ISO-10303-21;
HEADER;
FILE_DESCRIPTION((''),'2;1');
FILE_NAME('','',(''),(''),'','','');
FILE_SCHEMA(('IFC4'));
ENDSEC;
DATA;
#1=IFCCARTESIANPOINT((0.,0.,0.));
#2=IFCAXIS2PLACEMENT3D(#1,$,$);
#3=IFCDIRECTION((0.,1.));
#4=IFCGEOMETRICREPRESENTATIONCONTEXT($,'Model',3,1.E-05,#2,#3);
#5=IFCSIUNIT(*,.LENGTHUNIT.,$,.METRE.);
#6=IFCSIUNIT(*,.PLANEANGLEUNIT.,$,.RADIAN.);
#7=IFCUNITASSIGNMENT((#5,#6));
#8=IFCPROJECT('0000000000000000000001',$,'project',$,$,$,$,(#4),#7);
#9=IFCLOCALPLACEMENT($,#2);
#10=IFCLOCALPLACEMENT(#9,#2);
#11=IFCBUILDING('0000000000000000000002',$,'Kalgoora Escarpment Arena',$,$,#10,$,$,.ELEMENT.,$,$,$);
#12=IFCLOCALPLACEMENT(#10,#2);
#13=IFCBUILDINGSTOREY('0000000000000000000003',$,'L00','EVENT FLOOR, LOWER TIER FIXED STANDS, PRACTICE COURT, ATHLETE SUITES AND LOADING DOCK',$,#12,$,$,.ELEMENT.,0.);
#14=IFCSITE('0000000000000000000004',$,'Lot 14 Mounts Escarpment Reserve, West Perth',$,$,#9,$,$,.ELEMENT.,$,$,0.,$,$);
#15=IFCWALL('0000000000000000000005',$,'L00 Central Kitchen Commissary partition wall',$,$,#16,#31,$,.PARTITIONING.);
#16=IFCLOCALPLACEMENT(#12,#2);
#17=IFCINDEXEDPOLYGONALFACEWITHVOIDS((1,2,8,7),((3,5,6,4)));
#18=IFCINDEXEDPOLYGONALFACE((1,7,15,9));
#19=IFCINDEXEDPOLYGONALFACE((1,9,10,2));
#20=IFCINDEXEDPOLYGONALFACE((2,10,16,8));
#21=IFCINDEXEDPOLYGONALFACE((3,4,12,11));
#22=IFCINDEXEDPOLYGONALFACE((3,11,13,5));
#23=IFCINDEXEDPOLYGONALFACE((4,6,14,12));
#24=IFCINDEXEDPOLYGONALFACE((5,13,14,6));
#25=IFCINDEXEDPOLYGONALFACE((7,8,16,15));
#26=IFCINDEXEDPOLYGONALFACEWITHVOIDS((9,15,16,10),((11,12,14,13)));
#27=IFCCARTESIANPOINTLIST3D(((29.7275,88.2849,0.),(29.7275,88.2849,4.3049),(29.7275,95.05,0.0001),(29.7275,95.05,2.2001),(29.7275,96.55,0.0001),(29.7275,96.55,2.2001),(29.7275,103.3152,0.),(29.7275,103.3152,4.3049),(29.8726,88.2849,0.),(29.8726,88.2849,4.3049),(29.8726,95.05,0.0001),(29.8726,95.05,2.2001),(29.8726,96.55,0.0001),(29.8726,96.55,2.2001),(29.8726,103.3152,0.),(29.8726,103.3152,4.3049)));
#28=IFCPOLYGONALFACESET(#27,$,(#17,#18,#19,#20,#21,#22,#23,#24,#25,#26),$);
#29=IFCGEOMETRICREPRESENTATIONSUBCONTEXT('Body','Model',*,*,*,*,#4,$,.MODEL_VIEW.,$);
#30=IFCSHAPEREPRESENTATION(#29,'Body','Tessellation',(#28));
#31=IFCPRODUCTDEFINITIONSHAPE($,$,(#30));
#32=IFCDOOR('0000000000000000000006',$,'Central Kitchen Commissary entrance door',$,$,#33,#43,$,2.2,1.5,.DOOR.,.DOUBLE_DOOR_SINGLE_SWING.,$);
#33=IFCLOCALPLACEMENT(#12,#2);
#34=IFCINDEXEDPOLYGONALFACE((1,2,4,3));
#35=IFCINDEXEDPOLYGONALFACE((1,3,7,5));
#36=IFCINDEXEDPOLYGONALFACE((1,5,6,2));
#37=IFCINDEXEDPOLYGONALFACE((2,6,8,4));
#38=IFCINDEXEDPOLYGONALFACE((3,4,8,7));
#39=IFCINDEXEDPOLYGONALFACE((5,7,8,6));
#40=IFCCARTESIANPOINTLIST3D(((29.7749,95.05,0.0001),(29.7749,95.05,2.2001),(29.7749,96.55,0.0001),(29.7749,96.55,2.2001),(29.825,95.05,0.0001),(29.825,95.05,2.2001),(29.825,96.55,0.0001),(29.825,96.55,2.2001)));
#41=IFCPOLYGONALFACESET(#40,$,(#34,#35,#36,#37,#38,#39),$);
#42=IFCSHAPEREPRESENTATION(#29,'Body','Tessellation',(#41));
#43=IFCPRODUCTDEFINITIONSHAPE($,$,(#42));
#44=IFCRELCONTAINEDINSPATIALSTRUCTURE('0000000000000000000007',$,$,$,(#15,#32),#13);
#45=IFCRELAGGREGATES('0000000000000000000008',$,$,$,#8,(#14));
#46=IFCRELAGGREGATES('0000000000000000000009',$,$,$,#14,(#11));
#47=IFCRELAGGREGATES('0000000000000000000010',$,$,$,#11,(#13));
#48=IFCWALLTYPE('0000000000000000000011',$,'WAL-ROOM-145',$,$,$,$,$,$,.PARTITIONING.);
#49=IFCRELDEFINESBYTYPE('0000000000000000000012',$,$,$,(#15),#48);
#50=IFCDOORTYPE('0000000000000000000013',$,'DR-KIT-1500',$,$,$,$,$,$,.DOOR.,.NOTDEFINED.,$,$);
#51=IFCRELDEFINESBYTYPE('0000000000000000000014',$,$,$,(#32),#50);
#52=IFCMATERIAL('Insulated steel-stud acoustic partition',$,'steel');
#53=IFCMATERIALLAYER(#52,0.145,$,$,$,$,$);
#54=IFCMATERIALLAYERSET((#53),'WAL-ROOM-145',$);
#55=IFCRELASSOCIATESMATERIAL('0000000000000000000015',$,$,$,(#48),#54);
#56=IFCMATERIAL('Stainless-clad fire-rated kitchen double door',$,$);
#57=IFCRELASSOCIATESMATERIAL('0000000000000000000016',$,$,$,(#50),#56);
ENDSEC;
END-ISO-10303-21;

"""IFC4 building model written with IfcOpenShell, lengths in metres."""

from ifc_helpers import new_model, si_unit, direction, frame, frame_2d, origin, place, context, subcontext, project, spatial, rectangle, extrude, material, layer, layer_set, type_object, element, fill, save


model = new_model("IFC4")

# Units and contexts
model_context = context("Model", 3, precision=1e-05, world=origin(), true_north=direction((0.0, 1.0)))
body_context = subcontext(model_context, "Body", "Model", "MODEL_VIEW")
ifc_project = project(units=[si_unit("LENGTHUNIT", "METRE"), si_unit("PLANEANGLEUNIT", "RADIAN")], contexts=[model_context])

# Site, building, storey
site_placement = place(None, origin())
site = spatial("IfcSite", under=ifc_project, at=site_placement, Name="Lot 14 Mounts Escarpment Reserve, West Perth", CompositionType="ELEMENT", RefElevation=0.0)
building_placement = place(site_placement, origin())
building = spatial("IfcBuilding", under=site, at=building_placement, Name="Kalgoora Escarpment Arena", CompositionType="ELEMENT")
storey_placement = place(building_placement, origin())
storey = spatial("IfcBuildingStorey", under=building, at=storey_placement, Name="L00", Description="EVENT FLOOR, LOWER TIER FIXED STANDS, PRACTICE COURT, ATHLETE SUITES AND LOADING DOCK", CompositionType="ELEMENT", Elevation=0.0)

# Shared definitions
ifc_material_1 = material(Name="Insulated steel-stud acoustic partition", Category="steel")
ifc_layer_1 = layer(ifc_material_1, 0.145)
ifc_layer_set_1 = layer_set([ifc_layer_1], Name="WAL-ROOM-145")
wall_type_1 = type_object("IfcWallType", Name="WAL-ROOM-145", PredefinedType="PARTITIONING", material=ifc_layer_set_1)

# Wall, opening, door
wall_1_placement = place(storey_placement, frame((29.8, 103.3152, 0.0), z_axis=(0.0, 0.0, 1.0), x_axis=(0.0, -1.0, 0.0)))
wall_1 = element("IfcWall", 1, at=wall_1_placement, inside=storey, type_object=wall_type_1, Name="L00 Central Kitchen Commissary partition wall", PredefinedType="PARTITIONING", context=body_context, shape_type="SweptSolid", body=[
    extrude(rectangle(XDim=15.0303, YDim=0.145, at=frame_2d((7.5151, 0.0))), origin(), (0.0, 0.0, 1.0), 4.3049),
])
opening_1_placement = place(wall_1_placement, frame((6.7651, 0.0, 0.0)))
opening_1 = element("IfcOpeningElement", 2, at=opening_1_placement, cuts=wall_1, PredefinedType="OPENING", context=body_context, shape_type="SweptSolid", body=[
    extrude(rectangle(XDim=1.5, YDim=2.2, at=frame_2d((0.75, 1.1001))), frame((0.0, 0.0825, 0.0), z_axis=(0.0, -1.0, 0.0), x_axis=(1.0, 0.0, 0.0)), (0.0, 0.0, 1.0), 0.165),
])
ifc_material_2 = material(Name="Stainless-clad fire-rated kitchen double door")
door_type_1 = type_object("IfcDoorType", Name="DR-KIT-1500", OperationType="NOTDEFINED", PredefinedType="DOOR", material=ifc_material_2)
door_1_placement = place(opening_1_placement, origin())
door_1 = element("IfcDoor", 3, at=door_1_placement, inside=storey, type_object=door_type_1, Name="Central Kitchen Commissary entrance door", OperationType="DOUBLE_DOOR_SINGLE_SWING", OverallHeight=2.2, OverallWidth=1.5, PredefinedType="DOOR", context=body_context, shape_type="SweptSolid", body=[
    extrude(rectangle(XDim=1.5, YDim=2.2, at=frame_2d((0.75, 1.1001))), frame((0.0, 0.0249, 0.0), z_axis=(0.0, -1.0, 0.0), x_axis=(1.0, 0.0, 0.0)), (0.0, 0.0, 1.0), 0.05),
])
fill(opening_1, door_1)

save(model, "model.ifc")
